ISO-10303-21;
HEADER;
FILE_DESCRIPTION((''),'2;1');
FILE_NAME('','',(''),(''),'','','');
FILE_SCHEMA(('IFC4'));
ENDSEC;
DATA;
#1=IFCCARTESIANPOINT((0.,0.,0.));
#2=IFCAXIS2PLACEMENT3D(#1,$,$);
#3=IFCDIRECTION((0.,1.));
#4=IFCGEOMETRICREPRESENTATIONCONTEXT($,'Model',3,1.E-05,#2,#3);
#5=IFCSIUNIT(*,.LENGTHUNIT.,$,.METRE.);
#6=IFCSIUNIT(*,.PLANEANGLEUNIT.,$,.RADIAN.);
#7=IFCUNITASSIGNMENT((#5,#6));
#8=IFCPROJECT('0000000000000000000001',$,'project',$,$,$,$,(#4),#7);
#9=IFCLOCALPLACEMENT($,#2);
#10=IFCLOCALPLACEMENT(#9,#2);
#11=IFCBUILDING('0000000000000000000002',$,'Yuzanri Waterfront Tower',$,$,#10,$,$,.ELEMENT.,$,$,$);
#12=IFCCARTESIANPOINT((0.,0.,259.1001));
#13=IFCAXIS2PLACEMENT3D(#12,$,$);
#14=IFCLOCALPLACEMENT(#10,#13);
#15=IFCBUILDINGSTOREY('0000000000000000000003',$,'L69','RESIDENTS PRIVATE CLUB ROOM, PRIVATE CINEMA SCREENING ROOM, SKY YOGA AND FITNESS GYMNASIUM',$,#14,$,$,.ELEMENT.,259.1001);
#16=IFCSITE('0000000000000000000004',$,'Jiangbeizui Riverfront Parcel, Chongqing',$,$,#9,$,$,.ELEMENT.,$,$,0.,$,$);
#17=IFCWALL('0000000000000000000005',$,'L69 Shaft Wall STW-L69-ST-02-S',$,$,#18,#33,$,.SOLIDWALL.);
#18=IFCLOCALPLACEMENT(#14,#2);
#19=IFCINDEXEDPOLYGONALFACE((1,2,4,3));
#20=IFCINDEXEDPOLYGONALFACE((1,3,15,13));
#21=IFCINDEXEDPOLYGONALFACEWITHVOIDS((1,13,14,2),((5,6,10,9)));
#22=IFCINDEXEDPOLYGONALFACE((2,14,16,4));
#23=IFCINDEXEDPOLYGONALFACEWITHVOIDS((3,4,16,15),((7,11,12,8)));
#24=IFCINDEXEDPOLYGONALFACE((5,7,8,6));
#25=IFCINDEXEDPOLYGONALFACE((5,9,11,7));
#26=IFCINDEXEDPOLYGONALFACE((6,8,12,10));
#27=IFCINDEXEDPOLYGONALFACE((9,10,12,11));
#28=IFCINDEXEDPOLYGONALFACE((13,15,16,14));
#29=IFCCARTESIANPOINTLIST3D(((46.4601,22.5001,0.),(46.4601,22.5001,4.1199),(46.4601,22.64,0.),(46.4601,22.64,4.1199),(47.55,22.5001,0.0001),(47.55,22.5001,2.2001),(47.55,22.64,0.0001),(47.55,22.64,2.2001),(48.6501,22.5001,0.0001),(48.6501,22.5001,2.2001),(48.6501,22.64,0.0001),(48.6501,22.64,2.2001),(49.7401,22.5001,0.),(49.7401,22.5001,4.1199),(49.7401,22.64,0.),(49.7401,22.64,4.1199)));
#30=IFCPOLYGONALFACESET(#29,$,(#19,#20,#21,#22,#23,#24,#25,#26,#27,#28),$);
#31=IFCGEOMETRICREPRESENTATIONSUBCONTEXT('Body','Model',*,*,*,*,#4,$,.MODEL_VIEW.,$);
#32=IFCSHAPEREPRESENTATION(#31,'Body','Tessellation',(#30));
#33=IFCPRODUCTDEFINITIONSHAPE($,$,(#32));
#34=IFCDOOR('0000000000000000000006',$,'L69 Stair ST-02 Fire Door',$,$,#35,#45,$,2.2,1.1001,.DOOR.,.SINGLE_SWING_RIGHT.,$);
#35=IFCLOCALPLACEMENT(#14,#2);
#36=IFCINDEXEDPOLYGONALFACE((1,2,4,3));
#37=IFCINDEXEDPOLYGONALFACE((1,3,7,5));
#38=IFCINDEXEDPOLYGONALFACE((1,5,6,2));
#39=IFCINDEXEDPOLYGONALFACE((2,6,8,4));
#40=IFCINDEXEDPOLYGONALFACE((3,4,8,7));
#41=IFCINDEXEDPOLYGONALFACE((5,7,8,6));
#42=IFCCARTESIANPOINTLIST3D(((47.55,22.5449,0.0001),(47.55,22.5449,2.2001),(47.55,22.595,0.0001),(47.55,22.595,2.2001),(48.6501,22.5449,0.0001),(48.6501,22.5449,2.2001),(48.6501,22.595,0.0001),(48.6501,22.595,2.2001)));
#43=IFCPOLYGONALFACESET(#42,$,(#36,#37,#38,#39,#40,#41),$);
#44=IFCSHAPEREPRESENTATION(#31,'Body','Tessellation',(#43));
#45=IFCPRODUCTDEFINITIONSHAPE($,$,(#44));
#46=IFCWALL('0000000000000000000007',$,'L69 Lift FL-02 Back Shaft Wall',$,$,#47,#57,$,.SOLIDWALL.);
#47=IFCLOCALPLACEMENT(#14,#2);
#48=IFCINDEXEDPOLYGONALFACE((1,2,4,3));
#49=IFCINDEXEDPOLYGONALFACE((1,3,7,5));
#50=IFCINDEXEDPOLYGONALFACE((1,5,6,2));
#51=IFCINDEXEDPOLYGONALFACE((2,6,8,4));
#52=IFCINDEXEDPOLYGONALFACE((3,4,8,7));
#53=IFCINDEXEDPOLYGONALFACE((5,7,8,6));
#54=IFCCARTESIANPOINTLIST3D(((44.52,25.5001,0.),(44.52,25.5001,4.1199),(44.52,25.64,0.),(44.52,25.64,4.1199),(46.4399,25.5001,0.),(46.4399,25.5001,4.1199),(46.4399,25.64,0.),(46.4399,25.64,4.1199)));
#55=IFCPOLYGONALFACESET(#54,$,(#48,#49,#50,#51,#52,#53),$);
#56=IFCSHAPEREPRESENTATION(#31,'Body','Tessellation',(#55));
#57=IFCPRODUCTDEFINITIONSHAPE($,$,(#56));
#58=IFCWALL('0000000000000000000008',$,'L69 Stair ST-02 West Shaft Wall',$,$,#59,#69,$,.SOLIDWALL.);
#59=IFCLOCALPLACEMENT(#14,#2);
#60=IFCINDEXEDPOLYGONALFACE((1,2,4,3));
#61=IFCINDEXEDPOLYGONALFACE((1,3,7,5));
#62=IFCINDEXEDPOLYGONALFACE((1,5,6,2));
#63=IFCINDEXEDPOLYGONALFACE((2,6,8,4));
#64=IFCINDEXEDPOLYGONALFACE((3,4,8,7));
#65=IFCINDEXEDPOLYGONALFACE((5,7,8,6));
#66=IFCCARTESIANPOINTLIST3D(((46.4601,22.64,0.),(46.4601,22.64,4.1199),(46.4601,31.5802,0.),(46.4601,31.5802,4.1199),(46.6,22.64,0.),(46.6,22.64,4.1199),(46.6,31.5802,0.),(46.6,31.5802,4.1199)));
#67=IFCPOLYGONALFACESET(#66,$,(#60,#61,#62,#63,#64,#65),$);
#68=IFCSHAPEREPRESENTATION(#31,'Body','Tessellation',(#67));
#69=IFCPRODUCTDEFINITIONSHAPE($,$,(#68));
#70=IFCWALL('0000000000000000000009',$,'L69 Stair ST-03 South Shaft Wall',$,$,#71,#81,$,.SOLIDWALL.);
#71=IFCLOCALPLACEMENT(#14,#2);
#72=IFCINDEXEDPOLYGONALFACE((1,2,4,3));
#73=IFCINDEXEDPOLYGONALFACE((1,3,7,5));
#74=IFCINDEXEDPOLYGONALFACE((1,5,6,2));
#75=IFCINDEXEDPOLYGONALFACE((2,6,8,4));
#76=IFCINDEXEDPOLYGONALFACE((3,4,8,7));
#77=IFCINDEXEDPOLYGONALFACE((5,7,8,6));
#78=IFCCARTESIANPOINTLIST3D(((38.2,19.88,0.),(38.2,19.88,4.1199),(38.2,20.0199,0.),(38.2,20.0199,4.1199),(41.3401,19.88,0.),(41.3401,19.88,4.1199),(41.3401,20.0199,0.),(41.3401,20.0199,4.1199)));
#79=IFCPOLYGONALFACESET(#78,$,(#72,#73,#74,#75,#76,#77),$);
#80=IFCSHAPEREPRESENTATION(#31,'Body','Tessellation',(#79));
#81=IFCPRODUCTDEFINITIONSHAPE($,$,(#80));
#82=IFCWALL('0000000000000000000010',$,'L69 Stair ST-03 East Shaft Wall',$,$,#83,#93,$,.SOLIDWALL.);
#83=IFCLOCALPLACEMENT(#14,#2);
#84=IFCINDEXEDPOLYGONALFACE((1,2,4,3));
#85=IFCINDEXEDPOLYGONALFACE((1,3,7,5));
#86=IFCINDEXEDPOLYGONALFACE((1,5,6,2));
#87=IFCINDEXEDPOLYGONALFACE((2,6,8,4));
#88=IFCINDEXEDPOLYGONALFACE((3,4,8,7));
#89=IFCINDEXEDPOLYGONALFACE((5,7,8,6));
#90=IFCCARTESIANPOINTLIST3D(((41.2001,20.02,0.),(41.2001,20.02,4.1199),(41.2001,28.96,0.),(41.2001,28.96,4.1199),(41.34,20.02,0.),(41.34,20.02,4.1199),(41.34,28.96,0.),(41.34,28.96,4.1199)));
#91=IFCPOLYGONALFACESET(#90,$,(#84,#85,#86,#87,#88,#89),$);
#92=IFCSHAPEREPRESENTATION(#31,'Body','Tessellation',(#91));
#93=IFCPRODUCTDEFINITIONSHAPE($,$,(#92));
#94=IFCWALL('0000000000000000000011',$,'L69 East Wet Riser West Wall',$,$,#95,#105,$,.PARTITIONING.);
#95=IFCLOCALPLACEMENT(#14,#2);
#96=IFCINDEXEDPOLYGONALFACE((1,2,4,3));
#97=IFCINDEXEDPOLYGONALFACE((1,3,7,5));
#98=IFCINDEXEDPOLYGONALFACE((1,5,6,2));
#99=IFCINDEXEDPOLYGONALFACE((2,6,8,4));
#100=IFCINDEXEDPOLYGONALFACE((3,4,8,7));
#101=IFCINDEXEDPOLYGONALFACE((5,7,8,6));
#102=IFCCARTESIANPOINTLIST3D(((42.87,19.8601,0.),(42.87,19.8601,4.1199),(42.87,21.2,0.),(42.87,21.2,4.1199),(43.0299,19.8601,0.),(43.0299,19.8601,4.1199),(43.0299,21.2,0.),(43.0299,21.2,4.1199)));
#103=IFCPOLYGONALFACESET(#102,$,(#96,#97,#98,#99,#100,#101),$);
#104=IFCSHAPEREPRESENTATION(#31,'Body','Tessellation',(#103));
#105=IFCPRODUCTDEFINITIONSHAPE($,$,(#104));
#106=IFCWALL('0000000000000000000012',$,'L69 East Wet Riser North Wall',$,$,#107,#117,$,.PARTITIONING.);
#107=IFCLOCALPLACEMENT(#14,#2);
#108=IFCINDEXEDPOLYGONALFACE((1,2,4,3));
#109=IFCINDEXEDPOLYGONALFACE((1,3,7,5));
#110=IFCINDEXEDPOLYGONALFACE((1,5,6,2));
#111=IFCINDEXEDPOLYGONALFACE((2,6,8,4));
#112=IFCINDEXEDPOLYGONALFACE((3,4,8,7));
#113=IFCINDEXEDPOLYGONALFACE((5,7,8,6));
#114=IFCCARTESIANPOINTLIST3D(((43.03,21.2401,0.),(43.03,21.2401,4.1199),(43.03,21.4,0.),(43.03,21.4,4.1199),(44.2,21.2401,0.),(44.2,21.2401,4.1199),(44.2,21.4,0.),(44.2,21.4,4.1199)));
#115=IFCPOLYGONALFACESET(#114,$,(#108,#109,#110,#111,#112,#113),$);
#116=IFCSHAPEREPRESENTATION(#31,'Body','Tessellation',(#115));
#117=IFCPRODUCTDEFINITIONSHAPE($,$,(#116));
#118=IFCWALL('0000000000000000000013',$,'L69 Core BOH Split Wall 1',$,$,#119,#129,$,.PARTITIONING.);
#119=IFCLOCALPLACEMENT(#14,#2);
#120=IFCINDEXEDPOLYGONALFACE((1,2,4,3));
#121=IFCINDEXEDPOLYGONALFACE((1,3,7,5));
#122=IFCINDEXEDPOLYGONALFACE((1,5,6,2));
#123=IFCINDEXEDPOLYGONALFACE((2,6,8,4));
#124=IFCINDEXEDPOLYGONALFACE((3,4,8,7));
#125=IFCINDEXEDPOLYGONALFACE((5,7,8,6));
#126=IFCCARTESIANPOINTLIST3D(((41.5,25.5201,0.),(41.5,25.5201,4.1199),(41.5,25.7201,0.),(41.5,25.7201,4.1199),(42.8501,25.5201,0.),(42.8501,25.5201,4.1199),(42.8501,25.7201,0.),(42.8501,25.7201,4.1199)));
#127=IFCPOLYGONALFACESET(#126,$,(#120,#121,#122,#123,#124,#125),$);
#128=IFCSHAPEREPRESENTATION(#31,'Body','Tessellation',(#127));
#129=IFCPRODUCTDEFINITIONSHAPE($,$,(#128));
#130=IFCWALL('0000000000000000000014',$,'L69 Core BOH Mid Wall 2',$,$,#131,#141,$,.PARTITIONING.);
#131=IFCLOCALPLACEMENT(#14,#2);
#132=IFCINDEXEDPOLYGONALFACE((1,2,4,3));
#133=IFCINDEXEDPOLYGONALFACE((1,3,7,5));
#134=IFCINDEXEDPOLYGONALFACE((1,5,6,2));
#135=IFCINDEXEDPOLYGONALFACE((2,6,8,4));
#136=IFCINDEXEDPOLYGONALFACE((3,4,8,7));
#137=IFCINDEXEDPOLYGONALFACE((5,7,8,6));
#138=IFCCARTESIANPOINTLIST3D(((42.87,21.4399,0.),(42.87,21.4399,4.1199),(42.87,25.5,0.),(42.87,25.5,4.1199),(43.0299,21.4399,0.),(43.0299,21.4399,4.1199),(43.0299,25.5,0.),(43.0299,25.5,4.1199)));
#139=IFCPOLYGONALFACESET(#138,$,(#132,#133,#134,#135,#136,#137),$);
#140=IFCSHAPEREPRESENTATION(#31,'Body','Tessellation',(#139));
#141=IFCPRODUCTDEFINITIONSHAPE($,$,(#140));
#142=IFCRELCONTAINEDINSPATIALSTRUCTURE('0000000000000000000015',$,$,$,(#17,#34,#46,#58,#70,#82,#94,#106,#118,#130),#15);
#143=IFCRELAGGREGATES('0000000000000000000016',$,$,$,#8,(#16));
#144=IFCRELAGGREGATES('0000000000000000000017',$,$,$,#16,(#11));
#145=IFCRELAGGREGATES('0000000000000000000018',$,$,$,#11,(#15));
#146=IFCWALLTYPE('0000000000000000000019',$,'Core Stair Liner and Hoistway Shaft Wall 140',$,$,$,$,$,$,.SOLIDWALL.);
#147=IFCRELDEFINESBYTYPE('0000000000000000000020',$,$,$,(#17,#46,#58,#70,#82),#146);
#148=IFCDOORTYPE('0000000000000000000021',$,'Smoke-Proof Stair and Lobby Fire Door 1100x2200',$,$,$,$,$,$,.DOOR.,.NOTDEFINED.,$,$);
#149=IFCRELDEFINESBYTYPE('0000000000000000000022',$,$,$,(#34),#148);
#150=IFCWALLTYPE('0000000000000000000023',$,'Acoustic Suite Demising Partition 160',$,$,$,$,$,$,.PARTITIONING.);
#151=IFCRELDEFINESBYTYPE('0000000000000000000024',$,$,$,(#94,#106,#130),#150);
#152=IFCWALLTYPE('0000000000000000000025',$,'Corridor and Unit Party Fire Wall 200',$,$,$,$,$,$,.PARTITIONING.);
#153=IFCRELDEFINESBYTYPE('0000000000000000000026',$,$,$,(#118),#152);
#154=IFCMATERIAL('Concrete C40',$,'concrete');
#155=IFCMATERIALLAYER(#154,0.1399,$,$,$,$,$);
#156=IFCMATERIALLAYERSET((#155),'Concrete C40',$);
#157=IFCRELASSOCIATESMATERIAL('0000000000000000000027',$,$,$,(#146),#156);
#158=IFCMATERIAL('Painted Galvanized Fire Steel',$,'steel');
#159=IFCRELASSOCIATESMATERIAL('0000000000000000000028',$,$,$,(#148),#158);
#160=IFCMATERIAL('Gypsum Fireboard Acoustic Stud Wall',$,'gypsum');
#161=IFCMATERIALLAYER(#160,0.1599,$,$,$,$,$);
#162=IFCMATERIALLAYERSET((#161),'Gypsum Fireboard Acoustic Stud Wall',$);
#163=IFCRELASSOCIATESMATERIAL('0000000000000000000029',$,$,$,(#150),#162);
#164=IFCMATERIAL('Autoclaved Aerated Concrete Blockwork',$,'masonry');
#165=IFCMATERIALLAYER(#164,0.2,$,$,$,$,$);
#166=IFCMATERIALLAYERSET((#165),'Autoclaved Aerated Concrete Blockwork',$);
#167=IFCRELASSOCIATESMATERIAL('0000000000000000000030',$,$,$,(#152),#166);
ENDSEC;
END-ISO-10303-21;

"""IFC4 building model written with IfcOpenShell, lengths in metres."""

from ifc_helpers import new_model, si_unit, direction, frame, frame_2d, origin, place, context, subcontext, project, spatial, rectangle, extrude, source, transform, mapped, material, layer, layer_set, type_object, element, fill, save


model = new_model("IFC4")

# Units and contexts
model_context = context("Model", 3, precision=1e-05, world=origin(), true_north=direction((0.0, 1.0)))
body_context = subcontext(model_context, "Body", "Model", "MODEL_VIEW")
ifc_project = project(units=[si_unit("LENGTHUNIT", "METRE"), si_unit("PLANEANGLEUNIT", "RADIAN")], contexts=[model_context])

# Site, building, storey
site_placement = place(None, origin())
site = spatial("IfcSite", under=ifc_project, at=site_placement, Name="Jiangbeizui Riverfront Parcel, Chongqing", CompositionType="ELEMENT", RefElevation=0.0)
building_placement = place(site_placement, origin())
building = spatial("IfcBuilding", under=site, at=building_placement, Name="Yuzanri Waterfront Tower", CompositionType="ELEMENT")
storey_placement = place(building_placement, frame((0.0, 0.0, 259.1001)))
storey = spatial("IfcBuildingStorey", under=building, at=storey_placement, Name="L69", Description="RESIDENTS PRIVATE CLUB ROOM, PRIVATE CINEMA SCREENING ROOM, SKY YOGA AND FITNESS GYMNASIUM", CompositionType="ELEMENT", Elevation=259.1001)

# Wall, opening, door
ifc_material_1 = material(Name="Concrete C40", Category="concrete")
ifc_layer_1 = layer(ifc_material_1, 0.1399)
ifc_layer_set_1 = layer_set([ifc_layer_1], Name="Concrete C40")
wall_type_1 = type_object("IfcWallType", Name="Core Stair Liner and Hoistway Shaft Wall 140", PredefinedType="SOLIDWALL", material=ifc_layer_set_1)
wall_1_placement = place(storey_placement, frame((46.46, 22.5701, 0.0), z_axis=(0.0, 0.0, 1.0), x_axis=(1.0, 0.0, 0.0)))
wall_1 = element("IfcWall", 1, at=wall_1_placement, inside=storey, type_object=wall_type_1, Name="L69 Shaft Wall STW-L69-ST-02-S", PredefinedType="SOLIDWALL", context=body_context, shape_type="SweptSolid", body=[
    extrude(rectangle(XDim=3.28, YDim=0.1399, at=frame_2d((1.6401, 0.0))), origin(), (0.0, 0.0, 1.0), 4.1199),
])
opening_1_placement = place(wall_1_placement, frame((1.0901, 0.0, 0.0)))
opening_1 = element("IfcOpeningElement", 2, at=opening_1_placement, cuts=wall_1, PredefinedType="OPENING", context=body_context, shape_type="SweptSolid", body=[
    extrude(rectangle(XDim=1.1001, YDim=2.2, at=frame_2d((0.55, 1.1001))), frame((0.0, 0.085, 0.0), z_axis=(0.0, -1.0, 0.0), x_axis=(1.0, 0.0, 0.0)), (0.0, 0.0, 1.0), 0.1697),
])
ifc_material_2 = material(Name="Painted Galvanized Fire Steel", Category="steel")
door_type_1 = type_object("IfcDoorType", Name="Smoke-Proof Stair and Lobby Fire Door 1100x2200", OperationType="NOTDEFINED", PredefinedType="DOOR", material=ifc_material_2)
shared_shape_1 = source(origin(), body_context, "Body", "SweptSolid", [
    extrude(rectangle(XDim=1.1001, YDim=2.2, at=frame_2d((0.55, 1.1001))), frame((0.0, 0.0249, 0.0), z_axis=(0.0, -1.0, 0.0), x_axis=(1.0, 0.0, 0.0)), (0.0, 0.0, 1.0), 0.05),
])
door_1_placement = place(opening_1_placement, origin())
door_1 = element("IfcDoor", 3, at=door_1_placement, inside=storey, type_object=door_type_1, Name="L69 Stair ST-02 Fire Door", OperationType="SINGLE_SWING_RIGHT", OverallHeight=2.2, OverallWidth=1.1001, PredefinedType="DOOR", context=body_context, shape_type="MappedRepresentation", body=[
    mapped(shared_shape_1, transform((0.0, 0.0, 0.0), scale=1.0)),
])
fill(opening_1, door_1)

# Walls
shared_shape_2 = source(origin(), body_context, "Body", "SweptSolid", [
    extrude(rectangle(XDim=1.9199, YDim=0.1399, at=frame_2d((0.96, 0.0))), origin(), (0.0, 0.0, 1.0), 4.1199),
])
wall_2_placement = place(storey_placement, frame((44.52, 25.5701, 0.0), z_axis=(0.0, 0.0, 1.0), x_axis=(1.0, 0.0, 0.0)))
element("IfcWall", 4, at=wall_2_placement, inside=storey, type_object=wall_type_1, Name="L69 Lift FL-02 Back Shaft Wall", PredefinedType="SOLIDWALL", context=body_context, shape_type="MappedRepresentation", body=[
    mapped(shared_shape_2, transform((0.0, 0.0, 0.0), scale=1.0)),
])
shared_shape_3 = source(origin(), body_context, "Body", "SweptSolid", [
    extrude(rectangle(XDim=8.9402, YDim=0.1399, at=frame_2d((4.4702, 0.0))), origin(), (0.0, 0.0, 1.0), 4.1199),
])
wall_3_placement = place(storey_placement, frame((46.53, 22.6399, 0.0), z_axis=(0.0, 0.0, 1.0), x_axis=(0.0, 1.0, 0.0)))
element("IfcWall", 5, at=wall_3_placement, inside=storey, type_object=wall_type_1, Name="L69 Stair ST-02 West Shaft Wall", PredefinedType="SOLIDWALL", context=body_context, shape_type="MappedRepresentation", body=[
    mapped(shared_shape_3, transform((0.0, 0.0, 0.0), scale=1.0)),
])
shared_shape_4 = source(origin(), body_context, "Body", "SweptSolid", [
    extrude(rectangle(XDim=3.1401, YDim=0.1399, at=frame_2d((1.5701, 0.0))), origin(), (0.0, 0.0, 1.0), 4.1199),
])
wall_4_placement = place(storey_placement, frame((38.2, 19.95, 0.0), z_axis=(0.0, 0.0, 1.0), x_axis=(1.0, 0.0, 0.0)))
element("IfcWall", 6, at=wall_4_placement, inside=storey, type_object=wall_type_1, Name="L69 Stair ST-03 South Shaft Wall", PredefinedType="SOLIDWALL", context=body_context, shape_type="MappedRepresentation", body=[
    mapped(shared_shape_4, transform((0.0, 0.0, 0.0), scale=1.0)),
])
shared_shape_5 = source(origin(), body_context, "Body", "SweptSolid", [
    extrude(rectangle(XDim=8.9399, YDim=0.1399, at=frame_2d((4.47, 0.0))), origin(), (0.0, 0.0, 1.0), 4.1199),
])
wall_5_placement = place(storey_placement, frame((41.27, 20.02, 0.0), z_axis=(0.0, 0.0, 1.0), x_axis=(0.0, 1.0, 0.0)))
element("IfcWall", 7, at=wall_5_placement, inside=storey, type_object=wall_type_1, Name="L69 Stair ST-03 East Shaft Wall", PredefinedType="SOLIDWALL", context=body_context, shape_type="MappedRepresentation", body=[
    mapped(shared_shape_5, transform((0.0, 0.0, 0.0), scale=1.0)),
])
ifc_material_3 = material(Name="Gypsum Fireboard Acoustic Stud Wall", Category="gypsum")
ifc_layer_2 = layer(ifc_material_3, 0.1599)
ifc_layer_set_2 = layer_set([ifc_layer_2], Name="Gypsum Fireboard Acoustic Stud Wall")
wall_type_2 = type_object("IfcWallType", Name="Acoustic Suite Demising Partition 160", PredefinedType="PARTITIONING", material=ifc_layer_set_2)
shared_shape_6 = source(origin(), body_context, "Body", "SweptSolid", [
    extrude(rectangle(XDim=1.3398, YDim=0.1599, at=frame_2d((0.6699, 0.0))), origin(), (0.0, 0.0, 1.0), 4.1199),
])
wall_6_placement = place(storey_placement, frame((42.95, 19.8601, 0.0), z_axis=(0.0, 0.0, 1.0), x_axis=(0.0, 1.0, 0.0)))
element("IfcWall", 8, at=wall_6_placement, inside=storey, type_object=wall_type_2, Name="L69 East Wet Riser West Wall", PredefinedType="PARTITIONING", context=body_context, shape_type="MappedRepresentation", body=[
    mapped(shared_shape_6, transform((0.0, 0.0, 0.0), scale=1.0)),
])
shared_shape_7 = source(origin(), body_context, "Body", "SweptSolid", [
    extrude(rectangle(XDim=1.1699, YDim=0.1599, at=frame_2d((0.585, 0.0))), origin(), (0.0, 0.0, 1.0), 4.1199),
])
wall_7_placement = place(storey_placement, frame((43.03, 21.3201, 0.0), z_axis=(0.0, 0.0, 1.0), x_axis=(1.0, 0.0, 0.0)))
element("IfcWall", 9, at=wall_7_placement, inside=storey, type_object=wall_type_2, Name="L69 East Wet Riser North Wall", PredefinedType="PARTITIONING", context=body_context, shape_type="MappedRepresentation", body=[
    mapped(shared_shape_7, transform((0.0, 0.0, 0.0), scale=1.0)),
])
ifc_material_4 = material(Name="Autoclaved Aerated Concrete Blockwork", Category="masonry")
ifc_layer_3 = layer(ifc_material_4, 0.2)
ifc_layer_set_3 = layer_set([ifc_layer_3], Name="Autoclaved Aerated Concrete Blockwork")
wall_type_3 = type_object("IfcWallType", Name="Corridor and Unit Party Fire Wall 200", PredefinedType="PARTITIONING", material=ifc_layer_set_3)
shared_shape_8 = source(origin(), body_context, "Body", "SweptSolid", [
    extrude(rectangle(XDim=1.3501, YDim=0.2, at=frame_2d((0.675, 0.0))), origin(), (0.0, 0.0, 1.0), 4.1199),
])
wall_8_placement = place(storey_placement, frame((41.5, 25.6201, 0.0), z_axis=(0.0, 0.0, 1.0), x_axis=(1.0, 0.0, 0.0)))
element("IfcWall", 10, at=wall_8_placement, inside=storey, type_object=wall_type_3, Name="L69 Core BOH Split Wall 1", PredefinedType="PARTITIONING", context=body_context, shape_type="MappedRepresentation", body=[
    mapped(shared_shape_8, transform((0.0, 0.0, 0.0), scale=1.0)),
])
shared_shape_9 = source(origin(), body_context, "Body", "SweptSolid", [
    extrude(rectangle(XDim=4.0601, YDim=0.1599, at=frame_2d((2.03, 0.0))), origin(), (0.0, 0.0, 1.0), 4.1199),
])
wall_9_placement = place(storey_placement, frame((42.95, 21.4399, 0.0), z_axis=(0.0, 0.0, 1.0), x_axis=(0.0, 1.0, 0.0)))
element("IfcWall", 11, at=wall_9_placement, inside=storey, type_object=wall_type_2, Name="L69 Core BOH Mid Wall 2", PredefinedType="PARTITIONING", context=body_context, shape_type="MappedRepresentation", body=[
    mapped(shared_shape_9, transform((0.0, 0.0, 0.0), scale=1.0)),
])

save(model, "model.ifc")
